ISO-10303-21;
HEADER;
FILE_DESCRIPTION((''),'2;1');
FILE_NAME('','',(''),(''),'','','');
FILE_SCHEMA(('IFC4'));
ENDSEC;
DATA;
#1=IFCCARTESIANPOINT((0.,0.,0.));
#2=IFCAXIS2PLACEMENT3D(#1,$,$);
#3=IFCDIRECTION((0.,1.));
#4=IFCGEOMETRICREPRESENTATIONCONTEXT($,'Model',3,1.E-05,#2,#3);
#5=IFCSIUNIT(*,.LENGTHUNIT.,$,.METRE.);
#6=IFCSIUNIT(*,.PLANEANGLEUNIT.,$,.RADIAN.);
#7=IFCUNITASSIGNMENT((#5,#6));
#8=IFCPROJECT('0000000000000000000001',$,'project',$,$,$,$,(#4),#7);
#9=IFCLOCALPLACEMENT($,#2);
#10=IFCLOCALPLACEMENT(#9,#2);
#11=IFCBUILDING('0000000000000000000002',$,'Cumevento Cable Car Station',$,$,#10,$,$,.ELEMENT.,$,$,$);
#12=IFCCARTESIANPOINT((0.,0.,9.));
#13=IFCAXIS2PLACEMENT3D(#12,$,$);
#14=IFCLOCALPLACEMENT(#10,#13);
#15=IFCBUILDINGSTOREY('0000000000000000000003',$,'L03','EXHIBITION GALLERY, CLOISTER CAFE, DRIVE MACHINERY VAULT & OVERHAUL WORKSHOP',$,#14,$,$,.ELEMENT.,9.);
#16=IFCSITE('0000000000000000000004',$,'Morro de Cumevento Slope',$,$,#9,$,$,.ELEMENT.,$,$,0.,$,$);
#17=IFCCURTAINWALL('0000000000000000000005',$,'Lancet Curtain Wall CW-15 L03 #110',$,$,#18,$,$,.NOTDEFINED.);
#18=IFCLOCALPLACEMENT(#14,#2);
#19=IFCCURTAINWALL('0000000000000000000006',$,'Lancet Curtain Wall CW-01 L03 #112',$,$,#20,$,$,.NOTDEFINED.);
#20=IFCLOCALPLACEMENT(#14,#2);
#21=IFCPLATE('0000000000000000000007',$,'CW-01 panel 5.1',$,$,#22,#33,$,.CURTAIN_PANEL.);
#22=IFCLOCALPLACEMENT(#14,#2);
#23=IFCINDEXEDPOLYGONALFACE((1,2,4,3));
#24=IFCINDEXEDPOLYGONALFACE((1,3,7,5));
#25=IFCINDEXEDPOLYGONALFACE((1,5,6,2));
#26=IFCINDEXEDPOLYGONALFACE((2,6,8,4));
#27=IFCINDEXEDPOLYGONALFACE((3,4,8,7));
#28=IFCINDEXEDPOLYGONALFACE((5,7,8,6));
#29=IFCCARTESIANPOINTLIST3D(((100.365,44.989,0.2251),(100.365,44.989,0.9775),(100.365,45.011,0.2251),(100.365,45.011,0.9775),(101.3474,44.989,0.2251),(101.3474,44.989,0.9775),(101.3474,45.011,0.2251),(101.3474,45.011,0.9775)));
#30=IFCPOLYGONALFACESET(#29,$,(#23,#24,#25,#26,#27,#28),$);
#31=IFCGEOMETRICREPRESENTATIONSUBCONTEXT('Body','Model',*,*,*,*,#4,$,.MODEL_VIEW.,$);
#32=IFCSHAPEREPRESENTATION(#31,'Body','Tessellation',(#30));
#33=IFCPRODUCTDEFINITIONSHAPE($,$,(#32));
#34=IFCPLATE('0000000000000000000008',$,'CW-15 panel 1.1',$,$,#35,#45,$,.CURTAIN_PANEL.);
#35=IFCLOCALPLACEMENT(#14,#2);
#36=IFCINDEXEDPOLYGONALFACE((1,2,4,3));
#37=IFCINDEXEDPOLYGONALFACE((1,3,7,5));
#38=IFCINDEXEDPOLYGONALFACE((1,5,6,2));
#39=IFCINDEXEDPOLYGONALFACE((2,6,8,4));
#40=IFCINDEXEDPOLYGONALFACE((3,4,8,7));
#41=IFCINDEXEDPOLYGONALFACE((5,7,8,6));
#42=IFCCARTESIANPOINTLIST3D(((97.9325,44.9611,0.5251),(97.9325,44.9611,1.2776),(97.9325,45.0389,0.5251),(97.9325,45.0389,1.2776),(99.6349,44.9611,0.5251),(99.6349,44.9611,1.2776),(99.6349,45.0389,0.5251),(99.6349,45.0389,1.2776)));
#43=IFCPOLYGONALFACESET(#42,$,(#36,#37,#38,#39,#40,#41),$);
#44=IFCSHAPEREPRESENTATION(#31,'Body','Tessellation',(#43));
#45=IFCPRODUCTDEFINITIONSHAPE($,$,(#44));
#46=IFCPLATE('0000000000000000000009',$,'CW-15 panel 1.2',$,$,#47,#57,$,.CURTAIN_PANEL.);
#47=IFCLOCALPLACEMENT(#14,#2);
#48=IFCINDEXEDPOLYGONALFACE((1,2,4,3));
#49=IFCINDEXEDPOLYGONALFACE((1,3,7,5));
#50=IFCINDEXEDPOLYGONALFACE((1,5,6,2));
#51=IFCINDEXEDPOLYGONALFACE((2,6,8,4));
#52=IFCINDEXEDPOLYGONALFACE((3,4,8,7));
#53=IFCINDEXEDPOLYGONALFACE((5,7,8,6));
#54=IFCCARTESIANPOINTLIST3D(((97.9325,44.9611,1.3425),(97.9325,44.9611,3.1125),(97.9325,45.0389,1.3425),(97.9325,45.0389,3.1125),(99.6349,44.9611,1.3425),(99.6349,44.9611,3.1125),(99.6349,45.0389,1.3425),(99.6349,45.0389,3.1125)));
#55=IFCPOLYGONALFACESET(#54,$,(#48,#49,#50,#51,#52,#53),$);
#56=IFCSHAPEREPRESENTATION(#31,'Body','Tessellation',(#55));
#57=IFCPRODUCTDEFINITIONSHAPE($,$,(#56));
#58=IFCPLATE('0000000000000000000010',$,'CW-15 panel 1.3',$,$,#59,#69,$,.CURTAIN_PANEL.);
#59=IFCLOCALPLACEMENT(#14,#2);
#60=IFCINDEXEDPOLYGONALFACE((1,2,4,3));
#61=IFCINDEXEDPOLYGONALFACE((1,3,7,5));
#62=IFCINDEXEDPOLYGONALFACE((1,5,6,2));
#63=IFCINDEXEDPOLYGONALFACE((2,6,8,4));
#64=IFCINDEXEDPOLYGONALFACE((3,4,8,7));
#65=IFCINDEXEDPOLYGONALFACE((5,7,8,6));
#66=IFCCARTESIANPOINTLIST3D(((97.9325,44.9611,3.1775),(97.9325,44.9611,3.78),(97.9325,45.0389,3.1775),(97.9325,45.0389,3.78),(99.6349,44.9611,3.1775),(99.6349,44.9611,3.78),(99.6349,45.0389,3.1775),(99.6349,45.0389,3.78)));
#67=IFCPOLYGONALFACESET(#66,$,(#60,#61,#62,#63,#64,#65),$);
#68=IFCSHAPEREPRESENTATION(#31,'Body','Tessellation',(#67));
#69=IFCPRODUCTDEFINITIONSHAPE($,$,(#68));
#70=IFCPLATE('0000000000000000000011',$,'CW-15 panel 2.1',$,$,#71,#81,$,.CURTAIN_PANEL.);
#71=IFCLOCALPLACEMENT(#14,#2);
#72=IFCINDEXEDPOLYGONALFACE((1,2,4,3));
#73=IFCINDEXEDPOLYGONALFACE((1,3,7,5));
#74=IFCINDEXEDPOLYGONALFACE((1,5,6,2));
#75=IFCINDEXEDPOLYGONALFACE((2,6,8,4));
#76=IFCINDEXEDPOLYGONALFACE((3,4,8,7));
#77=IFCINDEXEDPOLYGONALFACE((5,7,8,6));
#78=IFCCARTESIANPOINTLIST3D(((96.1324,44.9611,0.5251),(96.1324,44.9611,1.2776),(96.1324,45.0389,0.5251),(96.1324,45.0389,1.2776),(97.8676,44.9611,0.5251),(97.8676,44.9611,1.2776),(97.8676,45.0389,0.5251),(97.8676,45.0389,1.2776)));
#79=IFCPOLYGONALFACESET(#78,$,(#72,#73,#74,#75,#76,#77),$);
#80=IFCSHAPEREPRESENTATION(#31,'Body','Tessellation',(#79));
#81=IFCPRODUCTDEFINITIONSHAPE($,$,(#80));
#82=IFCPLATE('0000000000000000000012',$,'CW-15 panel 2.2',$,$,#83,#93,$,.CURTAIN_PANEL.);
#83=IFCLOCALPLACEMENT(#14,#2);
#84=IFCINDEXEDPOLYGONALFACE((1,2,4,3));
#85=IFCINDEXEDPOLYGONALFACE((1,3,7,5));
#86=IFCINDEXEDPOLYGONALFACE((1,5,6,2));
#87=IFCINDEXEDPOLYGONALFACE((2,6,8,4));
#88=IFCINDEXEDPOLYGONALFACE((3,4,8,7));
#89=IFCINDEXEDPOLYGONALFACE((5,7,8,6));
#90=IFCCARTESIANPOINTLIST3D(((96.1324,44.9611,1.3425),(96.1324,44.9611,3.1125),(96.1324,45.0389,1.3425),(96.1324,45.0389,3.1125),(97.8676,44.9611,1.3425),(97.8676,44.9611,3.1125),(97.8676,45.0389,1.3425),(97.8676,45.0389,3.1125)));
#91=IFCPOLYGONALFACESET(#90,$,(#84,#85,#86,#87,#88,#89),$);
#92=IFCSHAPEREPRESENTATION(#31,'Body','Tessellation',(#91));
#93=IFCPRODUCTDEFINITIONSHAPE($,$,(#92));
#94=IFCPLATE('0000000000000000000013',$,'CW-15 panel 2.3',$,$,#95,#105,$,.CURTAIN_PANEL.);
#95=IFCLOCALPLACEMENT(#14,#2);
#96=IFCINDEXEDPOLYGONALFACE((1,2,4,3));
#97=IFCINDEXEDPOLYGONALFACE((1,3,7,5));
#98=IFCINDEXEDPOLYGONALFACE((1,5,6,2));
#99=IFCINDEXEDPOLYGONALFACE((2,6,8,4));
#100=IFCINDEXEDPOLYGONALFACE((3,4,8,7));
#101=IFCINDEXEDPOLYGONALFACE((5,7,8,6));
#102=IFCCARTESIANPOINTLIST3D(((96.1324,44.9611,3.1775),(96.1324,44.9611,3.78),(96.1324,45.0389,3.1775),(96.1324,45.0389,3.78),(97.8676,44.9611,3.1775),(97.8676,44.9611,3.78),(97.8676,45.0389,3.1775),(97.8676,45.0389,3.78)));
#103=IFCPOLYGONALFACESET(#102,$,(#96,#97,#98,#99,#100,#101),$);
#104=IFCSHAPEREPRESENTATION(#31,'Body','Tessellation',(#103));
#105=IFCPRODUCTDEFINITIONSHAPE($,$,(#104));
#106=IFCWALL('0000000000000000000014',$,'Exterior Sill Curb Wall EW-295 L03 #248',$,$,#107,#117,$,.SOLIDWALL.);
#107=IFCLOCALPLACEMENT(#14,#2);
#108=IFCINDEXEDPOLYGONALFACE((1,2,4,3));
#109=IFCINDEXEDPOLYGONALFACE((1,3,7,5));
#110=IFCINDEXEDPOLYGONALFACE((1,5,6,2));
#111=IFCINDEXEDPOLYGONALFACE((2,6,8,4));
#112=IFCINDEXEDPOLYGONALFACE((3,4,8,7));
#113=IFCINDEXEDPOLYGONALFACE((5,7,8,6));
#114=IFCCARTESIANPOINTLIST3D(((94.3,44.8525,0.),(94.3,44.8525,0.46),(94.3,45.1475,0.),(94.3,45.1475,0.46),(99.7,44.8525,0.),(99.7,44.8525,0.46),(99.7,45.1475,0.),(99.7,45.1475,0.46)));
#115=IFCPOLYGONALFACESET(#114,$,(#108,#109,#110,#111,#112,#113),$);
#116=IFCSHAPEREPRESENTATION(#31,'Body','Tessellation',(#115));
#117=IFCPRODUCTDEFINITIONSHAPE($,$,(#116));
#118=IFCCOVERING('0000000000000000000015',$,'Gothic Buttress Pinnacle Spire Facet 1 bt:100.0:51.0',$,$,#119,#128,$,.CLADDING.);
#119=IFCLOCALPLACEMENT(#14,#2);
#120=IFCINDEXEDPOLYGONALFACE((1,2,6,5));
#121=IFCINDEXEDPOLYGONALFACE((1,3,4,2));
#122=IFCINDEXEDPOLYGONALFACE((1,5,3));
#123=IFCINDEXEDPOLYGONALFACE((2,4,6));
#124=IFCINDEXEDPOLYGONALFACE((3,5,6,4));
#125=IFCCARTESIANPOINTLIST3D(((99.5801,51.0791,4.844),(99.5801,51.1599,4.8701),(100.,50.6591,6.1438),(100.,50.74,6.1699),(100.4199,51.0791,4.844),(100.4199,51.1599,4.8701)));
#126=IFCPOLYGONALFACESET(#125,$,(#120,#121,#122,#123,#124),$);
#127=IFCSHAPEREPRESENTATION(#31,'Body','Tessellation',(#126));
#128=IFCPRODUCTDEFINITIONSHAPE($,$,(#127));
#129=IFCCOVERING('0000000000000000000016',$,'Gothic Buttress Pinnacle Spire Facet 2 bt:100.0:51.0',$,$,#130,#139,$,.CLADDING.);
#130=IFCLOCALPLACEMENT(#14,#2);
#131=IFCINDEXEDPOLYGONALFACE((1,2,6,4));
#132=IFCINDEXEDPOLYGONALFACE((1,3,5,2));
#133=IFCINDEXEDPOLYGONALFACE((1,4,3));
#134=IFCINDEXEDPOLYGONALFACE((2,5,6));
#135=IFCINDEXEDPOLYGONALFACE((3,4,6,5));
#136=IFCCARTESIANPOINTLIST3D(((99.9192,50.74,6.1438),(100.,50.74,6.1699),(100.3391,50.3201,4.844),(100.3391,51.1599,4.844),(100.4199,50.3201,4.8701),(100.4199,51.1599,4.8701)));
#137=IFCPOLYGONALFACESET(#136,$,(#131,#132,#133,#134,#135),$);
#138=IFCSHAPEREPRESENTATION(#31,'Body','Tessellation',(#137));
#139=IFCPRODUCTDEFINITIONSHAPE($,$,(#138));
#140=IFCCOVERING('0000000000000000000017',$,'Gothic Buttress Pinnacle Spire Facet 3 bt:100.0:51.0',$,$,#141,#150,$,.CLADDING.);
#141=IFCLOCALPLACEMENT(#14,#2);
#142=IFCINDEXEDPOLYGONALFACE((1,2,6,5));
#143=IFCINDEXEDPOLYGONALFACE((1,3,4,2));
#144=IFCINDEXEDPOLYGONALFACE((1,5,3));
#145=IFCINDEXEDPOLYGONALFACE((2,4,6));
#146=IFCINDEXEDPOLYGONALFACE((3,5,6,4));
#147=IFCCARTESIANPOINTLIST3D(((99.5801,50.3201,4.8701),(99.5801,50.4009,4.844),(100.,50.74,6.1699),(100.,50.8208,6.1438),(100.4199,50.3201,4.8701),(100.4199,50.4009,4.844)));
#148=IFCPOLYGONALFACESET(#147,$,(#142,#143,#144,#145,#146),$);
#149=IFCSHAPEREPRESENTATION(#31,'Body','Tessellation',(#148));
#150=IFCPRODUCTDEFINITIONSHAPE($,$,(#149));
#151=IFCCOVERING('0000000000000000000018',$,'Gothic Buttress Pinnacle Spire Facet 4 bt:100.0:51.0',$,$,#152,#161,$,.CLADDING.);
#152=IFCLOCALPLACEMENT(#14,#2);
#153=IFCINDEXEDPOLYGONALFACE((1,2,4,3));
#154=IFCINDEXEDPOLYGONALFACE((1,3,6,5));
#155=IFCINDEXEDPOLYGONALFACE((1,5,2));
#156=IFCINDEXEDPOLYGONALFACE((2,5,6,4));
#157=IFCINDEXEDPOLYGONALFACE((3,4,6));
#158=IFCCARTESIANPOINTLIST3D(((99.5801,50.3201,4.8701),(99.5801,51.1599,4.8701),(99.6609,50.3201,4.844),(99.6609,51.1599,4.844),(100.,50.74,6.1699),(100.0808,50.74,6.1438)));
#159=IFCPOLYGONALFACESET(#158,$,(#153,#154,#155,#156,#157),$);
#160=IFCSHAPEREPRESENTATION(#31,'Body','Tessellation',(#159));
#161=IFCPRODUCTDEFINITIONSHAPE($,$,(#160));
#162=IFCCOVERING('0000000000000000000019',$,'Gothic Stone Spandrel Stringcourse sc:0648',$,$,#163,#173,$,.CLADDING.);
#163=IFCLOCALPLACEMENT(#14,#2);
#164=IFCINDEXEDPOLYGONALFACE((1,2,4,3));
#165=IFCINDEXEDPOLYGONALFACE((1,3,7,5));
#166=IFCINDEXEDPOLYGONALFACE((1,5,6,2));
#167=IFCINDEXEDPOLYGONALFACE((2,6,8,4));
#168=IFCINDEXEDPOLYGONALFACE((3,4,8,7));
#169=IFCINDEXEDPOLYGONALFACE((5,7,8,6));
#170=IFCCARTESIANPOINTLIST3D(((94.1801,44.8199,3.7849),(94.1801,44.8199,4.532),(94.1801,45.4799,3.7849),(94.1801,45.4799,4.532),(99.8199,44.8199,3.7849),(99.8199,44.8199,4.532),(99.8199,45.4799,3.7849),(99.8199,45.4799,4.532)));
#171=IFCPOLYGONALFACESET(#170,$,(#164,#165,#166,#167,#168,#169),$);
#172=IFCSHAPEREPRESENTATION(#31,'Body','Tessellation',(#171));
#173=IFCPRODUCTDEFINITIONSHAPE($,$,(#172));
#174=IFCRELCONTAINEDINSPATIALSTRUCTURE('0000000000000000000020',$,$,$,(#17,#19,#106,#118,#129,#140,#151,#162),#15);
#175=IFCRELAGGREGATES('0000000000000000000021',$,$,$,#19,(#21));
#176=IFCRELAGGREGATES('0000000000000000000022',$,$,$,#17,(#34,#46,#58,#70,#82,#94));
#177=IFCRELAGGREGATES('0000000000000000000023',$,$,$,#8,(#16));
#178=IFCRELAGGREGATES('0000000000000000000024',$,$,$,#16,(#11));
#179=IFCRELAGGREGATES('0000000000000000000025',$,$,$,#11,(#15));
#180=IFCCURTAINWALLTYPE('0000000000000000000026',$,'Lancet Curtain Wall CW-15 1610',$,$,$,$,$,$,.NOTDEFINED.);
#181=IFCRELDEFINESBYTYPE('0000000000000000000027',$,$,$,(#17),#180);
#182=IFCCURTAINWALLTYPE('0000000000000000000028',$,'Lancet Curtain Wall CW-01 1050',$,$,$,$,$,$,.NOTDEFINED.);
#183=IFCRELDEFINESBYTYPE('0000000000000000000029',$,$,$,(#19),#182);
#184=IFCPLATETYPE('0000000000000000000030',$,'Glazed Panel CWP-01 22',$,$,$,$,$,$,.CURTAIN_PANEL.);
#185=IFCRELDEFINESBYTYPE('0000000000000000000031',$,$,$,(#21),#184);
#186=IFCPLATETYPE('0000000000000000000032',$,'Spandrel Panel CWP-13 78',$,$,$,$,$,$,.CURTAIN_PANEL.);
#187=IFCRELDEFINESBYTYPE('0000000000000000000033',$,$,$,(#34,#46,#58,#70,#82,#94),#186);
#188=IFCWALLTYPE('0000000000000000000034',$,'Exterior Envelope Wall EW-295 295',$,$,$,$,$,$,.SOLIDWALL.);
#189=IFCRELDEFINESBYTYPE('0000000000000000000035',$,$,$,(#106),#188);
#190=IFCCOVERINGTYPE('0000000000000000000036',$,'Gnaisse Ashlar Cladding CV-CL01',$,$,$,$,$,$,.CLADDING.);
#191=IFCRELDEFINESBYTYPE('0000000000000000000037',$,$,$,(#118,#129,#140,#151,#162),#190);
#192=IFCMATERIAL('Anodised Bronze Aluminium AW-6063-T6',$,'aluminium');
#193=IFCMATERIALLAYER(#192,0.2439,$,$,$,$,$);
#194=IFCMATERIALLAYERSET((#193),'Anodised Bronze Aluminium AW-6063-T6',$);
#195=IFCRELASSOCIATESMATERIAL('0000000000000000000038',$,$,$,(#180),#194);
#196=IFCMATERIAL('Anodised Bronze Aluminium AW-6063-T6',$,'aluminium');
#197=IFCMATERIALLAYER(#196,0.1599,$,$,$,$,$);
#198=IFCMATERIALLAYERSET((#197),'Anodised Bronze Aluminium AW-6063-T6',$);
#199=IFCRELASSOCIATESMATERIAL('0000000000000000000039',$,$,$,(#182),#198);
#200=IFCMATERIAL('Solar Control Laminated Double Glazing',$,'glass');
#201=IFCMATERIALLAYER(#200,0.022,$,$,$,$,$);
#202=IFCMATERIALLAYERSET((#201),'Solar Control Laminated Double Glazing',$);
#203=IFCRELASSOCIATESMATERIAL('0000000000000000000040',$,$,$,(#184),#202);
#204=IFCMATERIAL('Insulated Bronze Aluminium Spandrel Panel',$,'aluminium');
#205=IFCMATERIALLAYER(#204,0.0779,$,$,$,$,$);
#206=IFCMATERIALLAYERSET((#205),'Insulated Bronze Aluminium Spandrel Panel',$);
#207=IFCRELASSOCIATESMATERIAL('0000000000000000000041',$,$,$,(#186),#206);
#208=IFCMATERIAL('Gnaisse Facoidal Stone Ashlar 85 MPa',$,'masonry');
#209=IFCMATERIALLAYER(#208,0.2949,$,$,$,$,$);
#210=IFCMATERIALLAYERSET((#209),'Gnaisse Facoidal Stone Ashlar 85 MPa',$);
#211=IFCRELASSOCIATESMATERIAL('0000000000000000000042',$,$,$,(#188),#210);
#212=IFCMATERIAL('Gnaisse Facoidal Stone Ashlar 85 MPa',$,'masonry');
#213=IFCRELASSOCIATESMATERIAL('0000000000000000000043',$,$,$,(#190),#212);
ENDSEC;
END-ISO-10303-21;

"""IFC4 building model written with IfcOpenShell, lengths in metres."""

from ifc_helpers import new_model, si_unit, direction, frame, frame_2d, origin, origin_2d, place, context, subcontext, project, spatial, polyline, rectangle, outline, extrude, material, layer, layer_set, type_object, element, aggregate, save


model = new_model("IFC4")

# Units and contexts
model_context = context("Model", 3, precision=1e-05, world=origin(), true_north=direction((0.0, 1.0)))
body_context = subcontext(model_context, "Body", "Model", "MODEL_VIEW")
ifc_project = project(units=[si_unit("LENGTHUNIT", "METRE"), si_unit("PLANEANGLEUNIT", "RADIAN")], contexts=[model_context])

# Site, building, storey
site_placement = place(None, origin())
site = spatial("IfcSite", under=ifc_project, at=site_placement, Name="Morro de Cumevento Slope", CompositionType="ELEMENT", RefElevation=0.0)
building_placement = place(site_placement, origin())
building = spatial("IfcBuilding", under=site, at=building_placement, Name="Cumevento Cable Car Station", CompositionType="ELEMENT")
storey_placement = place(building_placement, frame((0.0, 0.0, 9.0)))
storey = spatial("IfcBuildingStorey", under=building, at=storey_placement, Name="L03", Description="EXHIBITION GALLERY, CLOISTER CAFE, DRIVE MACHINERY VAULT & OVERHAUL WORKSHOP", CompositionType="ELEMENT", Elevation=9.0)

# Curtain wall
ifc_material_1 = material(Name="Anodised Bronze Aluminium AW-6063-T6", Category="aluminium")
ifc_layer_1 = layer(ifc_material_1, 0.2439)
ifc_layer_set_1 = layer_set([ifc_layer_1], Name="Anodised Bronze Aluminium AW-6063-T6")
curtain_wall_type_1 = type_object("IfcCurtainWallType", Name="Lancet Curtain Wall CW-15 1610", PredefinedType="NOTDEFINED", material=ifc_layer_set_1)
curtain_wall_1_placement = place(storey_placement, origin())
curtain_wall_1 = element("IfcCurtainWall", 1, at=curtain_wall_1_placement, inside=storey, type_object=curtain_wall_type_1, Name="Lancet Curtain Wall CW-15 L03 #110", PredefinedType="NOTDEFINED")

# Curtain wall
ifc_material_2 = material(Name="Anodised Bronze Aluminium AW-6063-T6", Category="aluminium")
ifc_layer_2 = layer(ifc_material_2, 0.1599)
ifc_layer_set_2 = layer_set([ifc_layer_2], Name="Anodised Bronze Aluminium AW-6063-T6")
curtain_wall_type_2 = type_object("IfcCurtainWallType", Name="Lancet Curtain Wall CW-01 1050", PredefinedType="NOTDEFINED", material=ifc_layer_set_2)
curtain_wall_2_placement = place(storey_placement, origin())
curtain_wall_2 = element("IfcCurtainWall", 2, at=curtain_wall_2_placement, inside=storey, type_object=curtain_wall_type_2, Name="Lancet Curtain Wall CW-01 L03 #112", PredefinedType="NOTDEFINED")

# Plates
ifc_material_3 = material(Name="Solar Control Laminated Double Glazing", Category="glass")
ifc_layer_3 = layer(ifc_material_3, 0.022)
ifc_layer_set_3 = layer_set([ifc_layer_3], Name="Solar Control Laminated Double Glazing")
plate_type_1 = type_object("IfcPlateType", Name="Glazed Panel CWP-01 22", PredefinedType="CURTAIN_PANEL", material=ifc_layer_set_3)
plate_1_placement = place(storey_placement, frame((100.8562, 45.0, 0.2251), z_axis=(0.0, 0.0, 1.0), x_axis=(-1.0, 0.0, 0.0)))
plate_1 = element("IfcPlate", 3, at=plate_1_placement, type_object=plate_type_1, Name="CW-01 panel 5.1", PredefinedType="CURTAIN_PANEL", context=body_context, shape_type="SweptSolid", body=[
    extrude(rectangle(XDim=0.9824, YDim=0.022, at=origin_2d()), origin(), (0.0, 0.0, 1.0), 0.7524),
])
aggregate(curtain_wall_2, [plate_1])
ifc_material_4 = material(Name="Insulated Bronze Aluminium Spandrel Panel", Category="aluminium")
ifc_layer_4 = layer(ifc_material_4, 0.0779)
ifc_layer_set_4 = layer_set([ifc_layer_4], Name="Insulated Bronze Aluminium Spandrel Panel")
plate_type_2 = type_object("IfcPlateType", Name="Spandrel Panel CWP-13 78", PredefinedType="CURTAIN_PANEL", material=ifc_layer_set_4)
plate_2_placement = place(storey_placement, frame((98.7837, 45.0, 0.5251), z_axis=(0.0, 0.0, 1.0), x_axis=(-1.0, 0.0, 0.0)))
plate_2 = element("IfcPlate", 4, at=plate_2_placement, type_object=plate_type_2, Name="CW-15 panel 1.1", PredefinedType="CURTAIN_PANEL", context=body_context, shape_type="SweptSolid", body=[
    extrude(rectangle(XDim=1.7024, YDim=0.0779, at=origin_2d()), origin(), (0.0, 0.0, 1.0), 0.7524),
])
plate_3_placement = place(storey_placement, frame((98.7837, 45.0, 1.3425), z_axis=(0.0, 0.0, 1.0), x_axis=(-1.0, 0.0, 0.0)))
plate_3 = element("IfcPlate", 5, at=plate_3_placement, type_object=plate_type_2, Name="CW-15 panel 1.2", PredefinedType="CURTAIN_PANEL", context=body_context, shape_type="SweptSolid", body=[
    extrude(rectangle(XDim=1.7024, YDim=0.0779, at=origin_2d()), origin(), (0.0, 0.0, 1.0), 1.77),
])
plate_4_placement = place(storey_placement, frame((98.7837, 45.0, 3.1775), z_axis=(0.0, 0.0, 1.0), x_axis=(-1.0, 0.0, 0.0)))
plate_4 = element("IfcPlate", 6, at=plate_4_placement, type_object=plate_type_2, Name="CW-15 panel 1.3", PredefinedType="CURTAIN_PANEL", context=body_context, shape_type="SweptSolid", body=[
    extrude(rectangle(XDim=1.7024, YDim=0.0779, at=origin_2d()), origin(), (0.0, 0.0, 1.0), 0.6025),
])
plate_5_placement = place(storey_placement, frame((97.0, 45.0, 0.5251), z_axis=(0.0, 0.0, 1.0), x_axis=(-1.0, 0.0, 0.0)))
plate_5 = element("IfcPlate", 7, at=plate_5_placement, type_object=plate_type_2, Name="CW-15 panel 2.1", PredefinedType="CURTAIN_PANEL", context=body_context, shape_type="SweptSolid", body=[
    extrude(rectangle(XDim=1.7351, YDim=0.0779, at=origin_2d()), origin(), (0.0, 0.0, 1.0), 0.7524),
])
plate_6_placement = place(storey_placement, frame((97.0, 45.0, 1.3425), z_axis=(0.0, 0.0, 1.0), x_axis=(-1.0, 0.0, 0.0)))
plate_6 = element("IfcPlate", 8, at=plate_6_placement, type_object=plate_type_2, Name="CW-15 panel 2.2", PredefinedType="CURTAIN_PANEL", context=body_context, shape_type="SweptSolid", body=[
    extrude(rectangle(XDim=1.7351, YDim=0.0779, at=origin_2d()), origin(), (0.0, 0.0, 1.0), 1.77),
])
plate_7_placement = place(storey_placement, frame((97.0, 45.0, 3.1775), z_axis=(0.0, 0.0, 1.0), x_axis=(-1.0, 0.0, 0.0)))
plate_7 = element("IfcPlate", 9, at=plate_7_placement, type_object=plate_type_2, Name="CW-15 panel 2.3", PredefinedType="CURTAIN_PANEL", context=body_context, shape_type="SweptSolid", body=[
    extrude(rectangle(XDim=1.7351, YDim=0.0779, at=origin_2d()), origin(), (0.0, 0.0, 1.0), 0.6025),
])
aggregate(curtain_wall_1, [plate_2, plate_3, plate_4, plate_5, plate_6, plate_7])

# Wall
ifc_material_5 = material(Name="Gnaisse Facoidal Stone Ashlar 85 MPa", Category="masonry")
ifc_layer_5 = layer(ifc_material_5, 0.2949)
ifc_layer_set_5 = layer_set([ifc_layer_5], Name="Gnaisse Facoidal Stone Ashlar 85 MPa")
wall_type = type_object("IfcWallType", Name="Exterior Envelope Wall EW-295 295", PredefinedType="SOLIDWALL", material=ifc_layer_set_5)
wall_placement = place(storey_placement, frame((99.7, 45.0, 0.0), z_axis=(0.0, 0.0, 1.0), x_axis=(-1.0, 0.0, 0.0)))
element("IfcWall", 10, at=wall_placement, inside=storey, type_object=wall_type, Name="Exterior Sill Curb Wall EW-295 L03 #248", PredefinedType="SOLIDWALL", context=body_context, shape_type="SweptSolid", body=[
    extrude(rectangle(XDim=5.3999, YDim=0.2949, at=frame_2d((2.7, 0.0))), origin(), (0.0, 0.0, 1.0), 0.46),
])

# Coverings
ifc_material_6 = material(Name="Gnaisse Facoidal Stone Ashlar 85 MPa", Category="masonry")
covering_type = type_object("IfcCoveringType", Name="Gnaisse Ashlar Cladding CV-CL01", PredefinedType="CLADDING", material=ifc_material_6)
for number, where, z_axis, x_axis, name in (
    (11, (99.5801, 51.1599, 4.8701), (0.0, 0.951574, 0.307421), (1.0, 0.0, 0.0), "Gothic Buttress Pinnacle Spire Facet 1 bt:100.0:51.0"),
    (12, (100.4199, 51.1599, 4.8701), (0.951574, 0.0, 0.307421), (0.0, -1.0, 0.0), "Gothic Buttress Pinnacle Spire Facet 2 bt:100.0:51.0"),
    (13, (100.4199, 50.3201, 4.8701), (0.0, -0.951574, 0.307421), (-1.0, 0.0, 0.0), "Gothic Buttress Pinnacle Spire Facet 3 bt:100.0:51.0"),
    (14, (99.5801, 50.3201, 4.8701), (-0.951574, 0.0, 0.307421), (0.0, 1.0, 0.0), "Gothic Buttress Pinnacle Spire Facet 4 bt:100.0:51.0"),
):
    element("IfcCovering", number, at=place(storey_placement, frame(where, z_axis=z_axis, x_axis=x_axis)), inside=storey, type_object=covering_type, Name=name, PredefinedType="CLADDING", context=body_context, shape_type="SweptSolid", body=[
        extrude(outline(polyline([(0.0, 0.0), (0.8398, 0.0), (0.4199, -1.366), (0.0, 0.0)])), origin(), (0.0, 0.0, -1.0), 0.085),
    ])
covering_1_placement = place(storey_placement, frame((97.0, 45.1499, 3.7849), z_axis=(0.0, 0.0, 1.0), x_axis=(-1.0, 0.0, 0.0)))
element("IfcCovering", 15, at=covering_1_placement, inside=storey, type_object=covering_type, Name="Gothic Stone Spandrel Stringcourse sc:0648", PredefinedType="CLADDING", context=body_context, shape_type="SweptSolid", body=[
    extrude(rectangle(XDim=5.6399, YDim=0.6599, at=origin_2d()), origin(), (0.0, 0.0, 1.0), 0.7471),
])

save(model, "model.ifc")
